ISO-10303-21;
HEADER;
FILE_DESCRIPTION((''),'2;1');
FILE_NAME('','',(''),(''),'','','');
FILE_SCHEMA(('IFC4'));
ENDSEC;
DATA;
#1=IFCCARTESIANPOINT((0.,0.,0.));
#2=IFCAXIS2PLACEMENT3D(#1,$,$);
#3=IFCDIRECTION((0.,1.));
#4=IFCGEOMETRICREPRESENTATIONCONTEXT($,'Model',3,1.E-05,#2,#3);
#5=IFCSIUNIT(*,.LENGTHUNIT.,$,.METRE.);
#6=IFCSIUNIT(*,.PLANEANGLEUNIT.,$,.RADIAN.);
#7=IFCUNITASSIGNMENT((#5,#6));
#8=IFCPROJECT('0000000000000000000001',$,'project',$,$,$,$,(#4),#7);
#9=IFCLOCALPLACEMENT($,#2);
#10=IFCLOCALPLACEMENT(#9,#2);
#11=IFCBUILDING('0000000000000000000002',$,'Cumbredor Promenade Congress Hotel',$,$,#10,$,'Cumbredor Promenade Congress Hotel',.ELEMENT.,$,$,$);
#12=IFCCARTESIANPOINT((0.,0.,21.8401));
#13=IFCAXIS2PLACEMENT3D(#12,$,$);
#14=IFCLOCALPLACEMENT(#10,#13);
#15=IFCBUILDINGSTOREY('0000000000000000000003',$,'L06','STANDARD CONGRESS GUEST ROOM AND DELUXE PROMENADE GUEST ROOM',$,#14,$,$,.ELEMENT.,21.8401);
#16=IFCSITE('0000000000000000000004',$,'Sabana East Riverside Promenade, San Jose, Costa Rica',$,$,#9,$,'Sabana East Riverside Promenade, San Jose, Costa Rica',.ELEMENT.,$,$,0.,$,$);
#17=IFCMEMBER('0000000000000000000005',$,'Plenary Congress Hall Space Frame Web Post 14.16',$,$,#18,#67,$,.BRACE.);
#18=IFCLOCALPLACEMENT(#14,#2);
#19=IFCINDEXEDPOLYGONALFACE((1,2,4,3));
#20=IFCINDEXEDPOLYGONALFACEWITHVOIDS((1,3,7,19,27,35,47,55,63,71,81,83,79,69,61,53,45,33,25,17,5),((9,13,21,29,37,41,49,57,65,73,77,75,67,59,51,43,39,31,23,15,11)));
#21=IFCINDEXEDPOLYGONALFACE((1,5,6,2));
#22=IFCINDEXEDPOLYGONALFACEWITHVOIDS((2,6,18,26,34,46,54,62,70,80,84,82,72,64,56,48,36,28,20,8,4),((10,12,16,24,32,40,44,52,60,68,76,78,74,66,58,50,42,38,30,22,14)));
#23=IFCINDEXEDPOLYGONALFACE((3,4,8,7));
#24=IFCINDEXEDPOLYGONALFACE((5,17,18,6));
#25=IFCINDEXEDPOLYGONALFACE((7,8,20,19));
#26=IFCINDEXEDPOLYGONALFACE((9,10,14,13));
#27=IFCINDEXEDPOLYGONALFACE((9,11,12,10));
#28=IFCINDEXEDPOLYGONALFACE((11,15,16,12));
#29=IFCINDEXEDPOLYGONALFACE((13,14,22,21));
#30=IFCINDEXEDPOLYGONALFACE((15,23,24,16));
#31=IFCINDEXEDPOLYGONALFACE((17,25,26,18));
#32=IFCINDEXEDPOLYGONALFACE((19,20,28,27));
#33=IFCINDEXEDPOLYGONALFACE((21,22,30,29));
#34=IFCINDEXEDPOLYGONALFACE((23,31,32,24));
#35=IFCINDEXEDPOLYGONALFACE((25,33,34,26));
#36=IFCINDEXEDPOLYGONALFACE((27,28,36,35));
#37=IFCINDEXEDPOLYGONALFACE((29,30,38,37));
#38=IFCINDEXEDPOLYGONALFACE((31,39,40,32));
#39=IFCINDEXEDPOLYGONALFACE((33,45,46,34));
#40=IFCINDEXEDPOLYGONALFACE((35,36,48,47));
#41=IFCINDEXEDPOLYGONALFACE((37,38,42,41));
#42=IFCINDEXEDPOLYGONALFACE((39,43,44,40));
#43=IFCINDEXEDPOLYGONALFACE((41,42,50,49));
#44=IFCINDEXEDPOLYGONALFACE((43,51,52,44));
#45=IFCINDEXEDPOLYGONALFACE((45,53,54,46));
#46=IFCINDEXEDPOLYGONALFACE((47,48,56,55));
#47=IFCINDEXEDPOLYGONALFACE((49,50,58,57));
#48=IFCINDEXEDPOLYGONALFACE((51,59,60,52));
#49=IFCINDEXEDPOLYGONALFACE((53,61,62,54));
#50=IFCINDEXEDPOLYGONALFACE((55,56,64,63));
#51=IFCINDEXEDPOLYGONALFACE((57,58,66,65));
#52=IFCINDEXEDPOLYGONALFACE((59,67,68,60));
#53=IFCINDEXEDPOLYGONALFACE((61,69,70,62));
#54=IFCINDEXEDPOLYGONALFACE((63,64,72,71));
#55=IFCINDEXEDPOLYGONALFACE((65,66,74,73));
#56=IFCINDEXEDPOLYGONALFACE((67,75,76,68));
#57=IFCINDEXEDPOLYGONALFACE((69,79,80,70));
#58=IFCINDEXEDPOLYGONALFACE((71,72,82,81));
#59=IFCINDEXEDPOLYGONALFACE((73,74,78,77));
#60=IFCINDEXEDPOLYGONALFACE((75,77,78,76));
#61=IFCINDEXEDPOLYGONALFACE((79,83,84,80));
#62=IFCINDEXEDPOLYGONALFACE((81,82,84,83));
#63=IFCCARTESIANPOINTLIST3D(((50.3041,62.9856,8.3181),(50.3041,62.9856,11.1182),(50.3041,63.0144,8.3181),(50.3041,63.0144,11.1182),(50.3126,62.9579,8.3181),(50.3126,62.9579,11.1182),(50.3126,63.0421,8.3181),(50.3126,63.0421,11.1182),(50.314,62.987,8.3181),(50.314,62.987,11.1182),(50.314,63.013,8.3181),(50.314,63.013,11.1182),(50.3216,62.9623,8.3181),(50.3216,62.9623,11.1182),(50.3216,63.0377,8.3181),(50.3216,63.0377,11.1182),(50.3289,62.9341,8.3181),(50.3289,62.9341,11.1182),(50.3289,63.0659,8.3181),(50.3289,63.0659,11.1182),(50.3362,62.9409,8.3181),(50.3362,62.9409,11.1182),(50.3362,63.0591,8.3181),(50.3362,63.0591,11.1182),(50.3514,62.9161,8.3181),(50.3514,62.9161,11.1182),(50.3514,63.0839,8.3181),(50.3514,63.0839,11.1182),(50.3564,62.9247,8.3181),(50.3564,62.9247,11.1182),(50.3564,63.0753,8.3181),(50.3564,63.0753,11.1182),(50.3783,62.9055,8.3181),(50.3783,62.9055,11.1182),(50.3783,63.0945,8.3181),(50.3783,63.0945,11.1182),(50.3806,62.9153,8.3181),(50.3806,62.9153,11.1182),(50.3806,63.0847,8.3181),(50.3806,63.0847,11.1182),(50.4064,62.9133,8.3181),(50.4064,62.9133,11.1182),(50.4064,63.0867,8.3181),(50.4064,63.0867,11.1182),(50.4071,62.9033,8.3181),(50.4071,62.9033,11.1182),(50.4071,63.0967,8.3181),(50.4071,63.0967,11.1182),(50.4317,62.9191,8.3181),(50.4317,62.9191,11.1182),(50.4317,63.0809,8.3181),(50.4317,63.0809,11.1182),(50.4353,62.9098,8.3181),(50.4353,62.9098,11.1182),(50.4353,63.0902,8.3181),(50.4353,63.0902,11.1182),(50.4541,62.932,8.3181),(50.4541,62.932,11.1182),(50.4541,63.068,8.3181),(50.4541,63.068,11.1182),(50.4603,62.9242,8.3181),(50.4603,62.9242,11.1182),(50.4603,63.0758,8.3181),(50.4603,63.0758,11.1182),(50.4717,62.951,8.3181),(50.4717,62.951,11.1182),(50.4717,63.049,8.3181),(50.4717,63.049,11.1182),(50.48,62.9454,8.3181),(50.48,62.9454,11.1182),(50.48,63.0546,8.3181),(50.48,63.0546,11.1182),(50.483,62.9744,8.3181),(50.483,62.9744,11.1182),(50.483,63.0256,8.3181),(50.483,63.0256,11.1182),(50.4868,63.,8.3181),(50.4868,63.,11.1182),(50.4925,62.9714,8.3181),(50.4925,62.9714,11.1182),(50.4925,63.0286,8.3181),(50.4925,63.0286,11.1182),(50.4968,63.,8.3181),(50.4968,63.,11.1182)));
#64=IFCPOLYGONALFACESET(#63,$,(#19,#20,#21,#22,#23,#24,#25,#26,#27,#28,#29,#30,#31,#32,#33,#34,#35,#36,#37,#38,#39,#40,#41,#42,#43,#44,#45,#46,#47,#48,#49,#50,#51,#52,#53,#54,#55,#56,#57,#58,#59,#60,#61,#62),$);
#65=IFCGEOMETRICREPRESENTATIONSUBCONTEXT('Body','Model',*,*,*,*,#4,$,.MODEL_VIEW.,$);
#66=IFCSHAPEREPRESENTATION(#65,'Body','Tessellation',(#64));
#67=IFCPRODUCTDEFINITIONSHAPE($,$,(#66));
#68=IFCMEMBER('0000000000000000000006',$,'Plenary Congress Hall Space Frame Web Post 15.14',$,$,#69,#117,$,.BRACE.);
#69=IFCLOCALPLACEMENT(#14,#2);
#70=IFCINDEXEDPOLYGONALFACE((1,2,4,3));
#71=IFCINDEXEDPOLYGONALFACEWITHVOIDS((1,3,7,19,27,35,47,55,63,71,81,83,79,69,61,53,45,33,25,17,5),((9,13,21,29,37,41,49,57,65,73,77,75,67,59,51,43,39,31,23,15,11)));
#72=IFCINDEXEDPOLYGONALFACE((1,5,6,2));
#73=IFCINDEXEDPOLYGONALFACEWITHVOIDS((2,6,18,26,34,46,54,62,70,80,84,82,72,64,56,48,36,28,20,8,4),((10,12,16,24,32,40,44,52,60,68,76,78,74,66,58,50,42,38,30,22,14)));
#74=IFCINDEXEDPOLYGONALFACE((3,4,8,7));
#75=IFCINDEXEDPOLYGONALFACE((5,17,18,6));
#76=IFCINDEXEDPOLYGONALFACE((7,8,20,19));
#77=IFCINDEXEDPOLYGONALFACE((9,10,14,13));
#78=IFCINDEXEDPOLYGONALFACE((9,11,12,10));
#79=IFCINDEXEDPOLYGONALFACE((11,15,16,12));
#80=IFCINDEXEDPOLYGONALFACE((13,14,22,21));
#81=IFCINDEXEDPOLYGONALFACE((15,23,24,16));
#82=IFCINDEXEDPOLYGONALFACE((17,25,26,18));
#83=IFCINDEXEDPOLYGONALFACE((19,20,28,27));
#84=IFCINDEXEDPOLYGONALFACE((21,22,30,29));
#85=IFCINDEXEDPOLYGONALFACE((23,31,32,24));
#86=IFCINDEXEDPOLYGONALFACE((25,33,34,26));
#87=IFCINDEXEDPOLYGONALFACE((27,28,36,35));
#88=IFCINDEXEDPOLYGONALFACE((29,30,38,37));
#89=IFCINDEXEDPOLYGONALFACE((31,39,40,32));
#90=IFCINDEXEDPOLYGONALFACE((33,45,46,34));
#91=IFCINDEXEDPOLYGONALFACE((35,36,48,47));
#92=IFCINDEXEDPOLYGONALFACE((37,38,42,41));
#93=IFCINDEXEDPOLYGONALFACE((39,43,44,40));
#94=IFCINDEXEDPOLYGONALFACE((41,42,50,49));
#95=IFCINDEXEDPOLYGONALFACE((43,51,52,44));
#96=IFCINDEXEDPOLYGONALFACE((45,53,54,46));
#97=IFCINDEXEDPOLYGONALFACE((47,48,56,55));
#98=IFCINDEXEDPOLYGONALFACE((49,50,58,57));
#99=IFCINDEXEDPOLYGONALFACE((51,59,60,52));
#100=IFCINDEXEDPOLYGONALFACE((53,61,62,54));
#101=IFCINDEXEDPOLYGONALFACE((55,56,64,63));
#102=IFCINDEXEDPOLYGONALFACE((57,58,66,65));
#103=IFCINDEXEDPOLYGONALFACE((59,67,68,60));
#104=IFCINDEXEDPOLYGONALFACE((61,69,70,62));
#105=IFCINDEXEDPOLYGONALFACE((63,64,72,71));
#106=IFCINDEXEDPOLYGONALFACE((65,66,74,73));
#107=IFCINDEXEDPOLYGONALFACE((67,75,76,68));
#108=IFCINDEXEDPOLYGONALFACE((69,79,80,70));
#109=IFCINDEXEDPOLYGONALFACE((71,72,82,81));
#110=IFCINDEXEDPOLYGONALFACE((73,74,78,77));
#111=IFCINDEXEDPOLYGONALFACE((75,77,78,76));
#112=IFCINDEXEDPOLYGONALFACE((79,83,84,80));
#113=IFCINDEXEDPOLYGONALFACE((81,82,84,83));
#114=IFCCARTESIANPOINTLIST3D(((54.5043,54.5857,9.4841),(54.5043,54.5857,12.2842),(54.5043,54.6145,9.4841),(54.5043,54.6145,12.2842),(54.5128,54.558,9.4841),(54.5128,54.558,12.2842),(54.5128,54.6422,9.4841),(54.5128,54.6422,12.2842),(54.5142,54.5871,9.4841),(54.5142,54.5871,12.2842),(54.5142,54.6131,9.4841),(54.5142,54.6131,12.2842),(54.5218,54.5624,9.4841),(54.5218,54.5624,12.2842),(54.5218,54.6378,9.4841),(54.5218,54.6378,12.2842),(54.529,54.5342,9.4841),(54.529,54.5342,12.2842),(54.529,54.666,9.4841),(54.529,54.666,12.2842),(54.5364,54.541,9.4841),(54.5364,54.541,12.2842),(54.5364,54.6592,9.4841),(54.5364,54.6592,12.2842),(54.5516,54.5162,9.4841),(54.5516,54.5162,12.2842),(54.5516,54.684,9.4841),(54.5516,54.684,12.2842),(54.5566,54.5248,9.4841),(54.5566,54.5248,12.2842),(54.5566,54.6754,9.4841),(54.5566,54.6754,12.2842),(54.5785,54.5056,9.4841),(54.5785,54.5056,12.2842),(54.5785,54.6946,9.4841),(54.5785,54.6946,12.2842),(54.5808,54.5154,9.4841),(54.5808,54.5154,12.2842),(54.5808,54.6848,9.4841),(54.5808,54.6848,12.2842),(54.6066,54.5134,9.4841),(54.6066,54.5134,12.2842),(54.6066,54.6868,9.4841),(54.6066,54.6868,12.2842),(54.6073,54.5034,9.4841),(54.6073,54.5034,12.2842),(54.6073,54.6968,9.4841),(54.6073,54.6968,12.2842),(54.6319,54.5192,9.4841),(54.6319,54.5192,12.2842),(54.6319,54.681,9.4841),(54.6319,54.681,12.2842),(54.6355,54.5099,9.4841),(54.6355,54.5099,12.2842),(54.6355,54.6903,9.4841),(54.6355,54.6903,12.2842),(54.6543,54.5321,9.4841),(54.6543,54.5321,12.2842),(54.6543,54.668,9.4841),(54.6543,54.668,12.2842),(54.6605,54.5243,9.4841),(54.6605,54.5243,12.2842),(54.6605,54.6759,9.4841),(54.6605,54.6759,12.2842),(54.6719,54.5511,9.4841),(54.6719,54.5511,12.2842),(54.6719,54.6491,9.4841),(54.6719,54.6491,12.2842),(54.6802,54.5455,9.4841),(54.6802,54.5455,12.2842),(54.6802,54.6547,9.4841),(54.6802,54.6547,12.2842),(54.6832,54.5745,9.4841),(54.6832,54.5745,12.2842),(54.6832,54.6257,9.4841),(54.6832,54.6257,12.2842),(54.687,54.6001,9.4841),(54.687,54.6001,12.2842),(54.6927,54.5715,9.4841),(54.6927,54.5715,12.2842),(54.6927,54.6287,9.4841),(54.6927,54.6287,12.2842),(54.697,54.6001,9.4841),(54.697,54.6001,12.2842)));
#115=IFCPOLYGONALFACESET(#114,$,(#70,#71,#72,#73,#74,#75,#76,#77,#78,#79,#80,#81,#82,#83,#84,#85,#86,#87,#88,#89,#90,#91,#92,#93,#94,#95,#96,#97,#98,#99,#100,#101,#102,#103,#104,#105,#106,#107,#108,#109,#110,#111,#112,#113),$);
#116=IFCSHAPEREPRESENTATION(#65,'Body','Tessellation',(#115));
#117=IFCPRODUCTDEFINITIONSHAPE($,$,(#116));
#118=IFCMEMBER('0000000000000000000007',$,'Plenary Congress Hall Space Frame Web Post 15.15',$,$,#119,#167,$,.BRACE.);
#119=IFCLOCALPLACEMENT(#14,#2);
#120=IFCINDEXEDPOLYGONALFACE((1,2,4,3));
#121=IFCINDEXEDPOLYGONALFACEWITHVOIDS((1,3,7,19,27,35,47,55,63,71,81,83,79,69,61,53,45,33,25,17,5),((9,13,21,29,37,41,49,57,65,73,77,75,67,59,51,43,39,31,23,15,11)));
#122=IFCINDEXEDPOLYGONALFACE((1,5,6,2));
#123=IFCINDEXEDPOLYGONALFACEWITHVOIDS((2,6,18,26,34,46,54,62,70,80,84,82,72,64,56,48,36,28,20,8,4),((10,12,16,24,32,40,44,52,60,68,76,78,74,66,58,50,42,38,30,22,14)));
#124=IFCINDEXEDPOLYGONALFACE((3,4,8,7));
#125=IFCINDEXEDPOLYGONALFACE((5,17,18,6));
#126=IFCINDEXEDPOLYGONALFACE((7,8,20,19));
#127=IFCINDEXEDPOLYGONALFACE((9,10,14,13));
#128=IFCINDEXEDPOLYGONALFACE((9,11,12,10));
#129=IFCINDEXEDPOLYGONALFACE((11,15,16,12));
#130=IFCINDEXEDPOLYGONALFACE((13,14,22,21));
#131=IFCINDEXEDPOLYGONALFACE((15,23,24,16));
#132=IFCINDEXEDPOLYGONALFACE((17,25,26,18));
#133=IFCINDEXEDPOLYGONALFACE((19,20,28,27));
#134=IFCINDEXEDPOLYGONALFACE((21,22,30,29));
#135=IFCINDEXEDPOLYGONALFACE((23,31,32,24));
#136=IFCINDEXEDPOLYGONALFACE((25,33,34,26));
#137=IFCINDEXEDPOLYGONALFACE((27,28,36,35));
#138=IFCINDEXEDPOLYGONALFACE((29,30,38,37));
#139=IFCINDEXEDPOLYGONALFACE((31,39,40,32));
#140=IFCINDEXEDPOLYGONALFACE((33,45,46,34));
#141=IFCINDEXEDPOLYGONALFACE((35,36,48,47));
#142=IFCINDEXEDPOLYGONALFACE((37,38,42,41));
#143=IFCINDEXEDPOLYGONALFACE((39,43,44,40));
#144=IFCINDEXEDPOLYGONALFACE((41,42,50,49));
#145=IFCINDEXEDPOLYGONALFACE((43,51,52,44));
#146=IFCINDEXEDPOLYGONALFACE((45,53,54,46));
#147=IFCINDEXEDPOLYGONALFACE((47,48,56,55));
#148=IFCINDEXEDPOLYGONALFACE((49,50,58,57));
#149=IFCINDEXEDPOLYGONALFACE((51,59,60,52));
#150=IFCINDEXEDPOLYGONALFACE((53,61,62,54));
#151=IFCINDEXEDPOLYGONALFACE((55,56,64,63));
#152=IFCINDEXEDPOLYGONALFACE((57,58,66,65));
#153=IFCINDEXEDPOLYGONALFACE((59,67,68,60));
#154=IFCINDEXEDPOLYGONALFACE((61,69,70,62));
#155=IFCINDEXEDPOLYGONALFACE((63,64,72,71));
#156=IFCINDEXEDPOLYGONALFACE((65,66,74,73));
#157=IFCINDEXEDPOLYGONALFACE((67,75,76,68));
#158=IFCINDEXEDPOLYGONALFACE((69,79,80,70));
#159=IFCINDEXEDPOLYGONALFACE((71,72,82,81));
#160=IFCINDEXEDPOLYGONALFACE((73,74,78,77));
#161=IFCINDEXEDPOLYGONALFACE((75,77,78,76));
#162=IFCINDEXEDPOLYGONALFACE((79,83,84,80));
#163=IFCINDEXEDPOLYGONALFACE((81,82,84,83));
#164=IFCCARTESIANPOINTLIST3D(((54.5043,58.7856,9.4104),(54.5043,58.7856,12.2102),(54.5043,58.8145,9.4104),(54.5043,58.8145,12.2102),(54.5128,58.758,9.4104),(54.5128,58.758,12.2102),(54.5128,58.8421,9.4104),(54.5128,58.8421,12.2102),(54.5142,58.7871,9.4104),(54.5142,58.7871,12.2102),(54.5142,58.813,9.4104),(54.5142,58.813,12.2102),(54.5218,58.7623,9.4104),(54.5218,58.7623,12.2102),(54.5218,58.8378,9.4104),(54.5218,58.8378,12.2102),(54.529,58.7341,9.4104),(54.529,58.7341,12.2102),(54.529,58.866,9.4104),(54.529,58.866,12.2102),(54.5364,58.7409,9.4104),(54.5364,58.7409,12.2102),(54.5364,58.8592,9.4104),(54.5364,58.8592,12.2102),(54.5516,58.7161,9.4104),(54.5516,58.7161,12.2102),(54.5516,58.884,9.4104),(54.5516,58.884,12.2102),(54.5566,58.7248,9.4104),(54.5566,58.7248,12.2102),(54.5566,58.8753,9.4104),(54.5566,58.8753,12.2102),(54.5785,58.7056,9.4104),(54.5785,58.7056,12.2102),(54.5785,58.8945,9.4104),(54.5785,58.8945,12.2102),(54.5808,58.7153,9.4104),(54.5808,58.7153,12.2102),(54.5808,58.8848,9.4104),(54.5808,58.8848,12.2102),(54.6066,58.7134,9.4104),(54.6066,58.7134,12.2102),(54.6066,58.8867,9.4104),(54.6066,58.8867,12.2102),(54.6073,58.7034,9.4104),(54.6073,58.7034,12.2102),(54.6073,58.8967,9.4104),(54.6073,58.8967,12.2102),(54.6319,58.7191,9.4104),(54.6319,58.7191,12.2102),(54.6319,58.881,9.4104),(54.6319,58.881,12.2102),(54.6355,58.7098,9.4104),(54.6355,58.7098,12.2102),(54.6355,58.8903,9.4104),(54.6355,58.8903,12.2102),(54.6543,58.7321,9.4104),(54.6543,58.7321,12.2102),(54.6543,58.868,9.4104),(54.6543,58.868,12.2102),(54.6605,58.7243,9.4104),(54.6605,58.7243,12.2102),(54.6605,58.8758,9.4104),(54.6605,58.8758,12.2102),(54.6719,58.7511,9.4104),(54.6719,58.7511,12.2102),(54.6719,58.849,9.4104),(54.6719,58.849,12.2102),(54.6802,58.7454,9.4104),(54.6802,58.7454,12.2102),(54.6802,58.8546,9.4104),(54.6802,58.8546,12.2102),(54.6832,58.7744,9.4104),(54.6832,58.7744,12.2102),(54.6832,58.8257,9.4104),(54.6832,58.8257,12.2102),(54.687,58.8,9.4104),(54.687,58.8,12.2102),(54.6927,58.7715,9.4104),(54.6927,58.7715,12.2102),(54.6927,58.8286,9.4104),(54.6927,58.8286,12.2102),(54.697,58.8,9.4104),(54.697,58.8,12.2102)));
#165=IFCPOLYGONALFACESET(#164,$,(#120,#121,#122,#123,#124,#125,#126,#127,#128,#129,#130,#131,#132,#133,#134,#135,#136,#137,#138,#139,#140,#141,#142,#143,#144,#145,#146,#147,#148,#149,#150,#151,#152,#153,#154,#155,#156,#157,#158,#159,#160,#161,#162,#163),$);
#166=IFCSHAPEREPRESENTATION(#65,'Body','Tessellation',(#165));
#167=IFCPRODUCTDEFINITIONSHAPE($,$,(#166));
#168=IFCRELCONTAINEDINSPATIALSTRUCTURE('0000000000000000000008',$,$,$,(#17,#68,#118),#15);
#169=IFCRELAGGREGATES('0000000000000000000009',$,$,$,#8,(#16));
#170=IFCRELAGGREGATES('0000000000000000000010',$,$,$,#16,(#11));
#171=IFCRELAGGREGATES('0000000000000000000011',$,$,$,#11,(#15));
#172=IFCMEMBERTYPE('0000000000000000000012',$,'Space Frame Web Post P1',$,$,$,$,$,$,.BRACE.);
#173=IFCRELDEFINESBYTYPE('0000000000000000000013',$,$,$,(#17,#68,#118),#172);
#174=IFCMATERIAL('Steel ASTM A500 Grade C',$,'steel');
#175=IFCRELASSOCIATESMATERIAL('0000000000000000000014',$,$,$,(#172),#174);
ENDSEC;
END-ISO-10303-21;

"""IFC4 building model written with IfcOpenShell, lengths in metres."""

from ifc_helpers import new_model, si_unit, direction, frame, origin, origin_2d, place, context, subcontext, project, spatial, hollow_circle, extrude, material, material_profile, profile_set, type_object, element, save


model = new_model("IFC4")

# Units and contexts
model_context = context("Model", 3, precision=1e-05, world=origin(), true_north=direction((0.0, 1.0)))
body_context = subcontext(model_context, "Body", "Model", "MODEL_VIEW")
ifc_project = project(units=[si_unit("LENGTHUNIT", "METRE"), si_unit("PLANEANGLEUNIT", "RADIAN")], contexts=[model_context])

# Site, building, storey
site_placement = place(None, origin())
site = spatial("IfcSite", under=ifc_project, at=site_placement, Name="Sabana East Riverside Promenade, San Jose, Costa Rica", LongName="Sabana East Riverside Promenade, San Jose, Costa Rica", CompositionType="ELEMENT", RefElevation=0.0)
building_placement = place(site_placement, origin())
building = spatial("IfcBuilding", under=site, at=building_placement, Name="Cumbredor Promenade Congress Hotel", LongName="Cumbredor Promenade Congress Hotel", CompositionType="ELEMENT")
storey_placement = place(building_placement, frame((0.0, 0.0, 21.8401)))
storey = spatial("IfcBuildingStorey", under=building, at=storey_placement, Name="L06", Description="STANDARD CONGRESS GUEST ROOM AND DELUXE PROMENADE GUEST ROOM", CompositionType="ELEMENT", Elevation=21.8401)

# Members
ifc_material_1 = material(Name="Steel ASTM A500 Grade C", Category="steel")
ifc_material_profile_1 = material_profile(ifc_material_1, hollow_circle(Radius=0.0969, WallThickness=0.01, at=origin_2d()), Name="CHS 193.7x10")
ifc_profile_set_1 = profile_set([ifc_material_profile_1], Name="Steel ASTM A500 Grade C")
member_type_1 = type_object("IfcMemberType", Name="Space Frame Web Post P1", PredefinedType="BRACE", material=ifc_profile_set_1)
for number, where, z_axis, x_axis, name in (
    (1, (50.3999, 63.0, 8.3181), (0.0, 0.0, 1.0), (1.0, 0.0, 0.0), "Plenary Congress Hall Space Frame Web Post 14.16"),
    (2, (54.6001, 54.6001, 9.4841), (0.0, 0.0, 1.0), (1.0, 0.0, 0.0), "Plenary Congress Hall Space Frame Web Post 15.14"),
):
    element("IfcMember", number, at=place(storey_placement, frame(where, z_axis=z_axis, x_axis=x_axis)), inside=storey, type_object=member_type_1, Name=name, PredefinedType="BRACE", context=body_context, shape_type="SweptSolid", body=[
        extrude(hollow_circle(Radius=0.0969, WallThickness=0.01, at=origin_2d()), origin(), (0.0, 0.0, 1.0), 2.8),
    ])
member_1_placement = place(storey_placement, frame((54.6001, 58.8, 9.4104), z_axis=(0.0, 0.0, 1.0), x_axis=(1.0, 0.0, 0.0)))
element("IfcMember", 3, at=member_1_placement, inside=storey, type_object=member_type_1, Name="Plenary Congress Hall Space Frame Web Post 15.15", PredefinedType="BRACE", context=body_context, shape_type="SweptSolid", body=[
    extrude(hollow_circle(Radius=0.0969, WallThickness=0.01, at=origin_2d()), origin(), (0.0, 0.0, 1.0), 2.7998),
])

save(model, "model.ifc")
